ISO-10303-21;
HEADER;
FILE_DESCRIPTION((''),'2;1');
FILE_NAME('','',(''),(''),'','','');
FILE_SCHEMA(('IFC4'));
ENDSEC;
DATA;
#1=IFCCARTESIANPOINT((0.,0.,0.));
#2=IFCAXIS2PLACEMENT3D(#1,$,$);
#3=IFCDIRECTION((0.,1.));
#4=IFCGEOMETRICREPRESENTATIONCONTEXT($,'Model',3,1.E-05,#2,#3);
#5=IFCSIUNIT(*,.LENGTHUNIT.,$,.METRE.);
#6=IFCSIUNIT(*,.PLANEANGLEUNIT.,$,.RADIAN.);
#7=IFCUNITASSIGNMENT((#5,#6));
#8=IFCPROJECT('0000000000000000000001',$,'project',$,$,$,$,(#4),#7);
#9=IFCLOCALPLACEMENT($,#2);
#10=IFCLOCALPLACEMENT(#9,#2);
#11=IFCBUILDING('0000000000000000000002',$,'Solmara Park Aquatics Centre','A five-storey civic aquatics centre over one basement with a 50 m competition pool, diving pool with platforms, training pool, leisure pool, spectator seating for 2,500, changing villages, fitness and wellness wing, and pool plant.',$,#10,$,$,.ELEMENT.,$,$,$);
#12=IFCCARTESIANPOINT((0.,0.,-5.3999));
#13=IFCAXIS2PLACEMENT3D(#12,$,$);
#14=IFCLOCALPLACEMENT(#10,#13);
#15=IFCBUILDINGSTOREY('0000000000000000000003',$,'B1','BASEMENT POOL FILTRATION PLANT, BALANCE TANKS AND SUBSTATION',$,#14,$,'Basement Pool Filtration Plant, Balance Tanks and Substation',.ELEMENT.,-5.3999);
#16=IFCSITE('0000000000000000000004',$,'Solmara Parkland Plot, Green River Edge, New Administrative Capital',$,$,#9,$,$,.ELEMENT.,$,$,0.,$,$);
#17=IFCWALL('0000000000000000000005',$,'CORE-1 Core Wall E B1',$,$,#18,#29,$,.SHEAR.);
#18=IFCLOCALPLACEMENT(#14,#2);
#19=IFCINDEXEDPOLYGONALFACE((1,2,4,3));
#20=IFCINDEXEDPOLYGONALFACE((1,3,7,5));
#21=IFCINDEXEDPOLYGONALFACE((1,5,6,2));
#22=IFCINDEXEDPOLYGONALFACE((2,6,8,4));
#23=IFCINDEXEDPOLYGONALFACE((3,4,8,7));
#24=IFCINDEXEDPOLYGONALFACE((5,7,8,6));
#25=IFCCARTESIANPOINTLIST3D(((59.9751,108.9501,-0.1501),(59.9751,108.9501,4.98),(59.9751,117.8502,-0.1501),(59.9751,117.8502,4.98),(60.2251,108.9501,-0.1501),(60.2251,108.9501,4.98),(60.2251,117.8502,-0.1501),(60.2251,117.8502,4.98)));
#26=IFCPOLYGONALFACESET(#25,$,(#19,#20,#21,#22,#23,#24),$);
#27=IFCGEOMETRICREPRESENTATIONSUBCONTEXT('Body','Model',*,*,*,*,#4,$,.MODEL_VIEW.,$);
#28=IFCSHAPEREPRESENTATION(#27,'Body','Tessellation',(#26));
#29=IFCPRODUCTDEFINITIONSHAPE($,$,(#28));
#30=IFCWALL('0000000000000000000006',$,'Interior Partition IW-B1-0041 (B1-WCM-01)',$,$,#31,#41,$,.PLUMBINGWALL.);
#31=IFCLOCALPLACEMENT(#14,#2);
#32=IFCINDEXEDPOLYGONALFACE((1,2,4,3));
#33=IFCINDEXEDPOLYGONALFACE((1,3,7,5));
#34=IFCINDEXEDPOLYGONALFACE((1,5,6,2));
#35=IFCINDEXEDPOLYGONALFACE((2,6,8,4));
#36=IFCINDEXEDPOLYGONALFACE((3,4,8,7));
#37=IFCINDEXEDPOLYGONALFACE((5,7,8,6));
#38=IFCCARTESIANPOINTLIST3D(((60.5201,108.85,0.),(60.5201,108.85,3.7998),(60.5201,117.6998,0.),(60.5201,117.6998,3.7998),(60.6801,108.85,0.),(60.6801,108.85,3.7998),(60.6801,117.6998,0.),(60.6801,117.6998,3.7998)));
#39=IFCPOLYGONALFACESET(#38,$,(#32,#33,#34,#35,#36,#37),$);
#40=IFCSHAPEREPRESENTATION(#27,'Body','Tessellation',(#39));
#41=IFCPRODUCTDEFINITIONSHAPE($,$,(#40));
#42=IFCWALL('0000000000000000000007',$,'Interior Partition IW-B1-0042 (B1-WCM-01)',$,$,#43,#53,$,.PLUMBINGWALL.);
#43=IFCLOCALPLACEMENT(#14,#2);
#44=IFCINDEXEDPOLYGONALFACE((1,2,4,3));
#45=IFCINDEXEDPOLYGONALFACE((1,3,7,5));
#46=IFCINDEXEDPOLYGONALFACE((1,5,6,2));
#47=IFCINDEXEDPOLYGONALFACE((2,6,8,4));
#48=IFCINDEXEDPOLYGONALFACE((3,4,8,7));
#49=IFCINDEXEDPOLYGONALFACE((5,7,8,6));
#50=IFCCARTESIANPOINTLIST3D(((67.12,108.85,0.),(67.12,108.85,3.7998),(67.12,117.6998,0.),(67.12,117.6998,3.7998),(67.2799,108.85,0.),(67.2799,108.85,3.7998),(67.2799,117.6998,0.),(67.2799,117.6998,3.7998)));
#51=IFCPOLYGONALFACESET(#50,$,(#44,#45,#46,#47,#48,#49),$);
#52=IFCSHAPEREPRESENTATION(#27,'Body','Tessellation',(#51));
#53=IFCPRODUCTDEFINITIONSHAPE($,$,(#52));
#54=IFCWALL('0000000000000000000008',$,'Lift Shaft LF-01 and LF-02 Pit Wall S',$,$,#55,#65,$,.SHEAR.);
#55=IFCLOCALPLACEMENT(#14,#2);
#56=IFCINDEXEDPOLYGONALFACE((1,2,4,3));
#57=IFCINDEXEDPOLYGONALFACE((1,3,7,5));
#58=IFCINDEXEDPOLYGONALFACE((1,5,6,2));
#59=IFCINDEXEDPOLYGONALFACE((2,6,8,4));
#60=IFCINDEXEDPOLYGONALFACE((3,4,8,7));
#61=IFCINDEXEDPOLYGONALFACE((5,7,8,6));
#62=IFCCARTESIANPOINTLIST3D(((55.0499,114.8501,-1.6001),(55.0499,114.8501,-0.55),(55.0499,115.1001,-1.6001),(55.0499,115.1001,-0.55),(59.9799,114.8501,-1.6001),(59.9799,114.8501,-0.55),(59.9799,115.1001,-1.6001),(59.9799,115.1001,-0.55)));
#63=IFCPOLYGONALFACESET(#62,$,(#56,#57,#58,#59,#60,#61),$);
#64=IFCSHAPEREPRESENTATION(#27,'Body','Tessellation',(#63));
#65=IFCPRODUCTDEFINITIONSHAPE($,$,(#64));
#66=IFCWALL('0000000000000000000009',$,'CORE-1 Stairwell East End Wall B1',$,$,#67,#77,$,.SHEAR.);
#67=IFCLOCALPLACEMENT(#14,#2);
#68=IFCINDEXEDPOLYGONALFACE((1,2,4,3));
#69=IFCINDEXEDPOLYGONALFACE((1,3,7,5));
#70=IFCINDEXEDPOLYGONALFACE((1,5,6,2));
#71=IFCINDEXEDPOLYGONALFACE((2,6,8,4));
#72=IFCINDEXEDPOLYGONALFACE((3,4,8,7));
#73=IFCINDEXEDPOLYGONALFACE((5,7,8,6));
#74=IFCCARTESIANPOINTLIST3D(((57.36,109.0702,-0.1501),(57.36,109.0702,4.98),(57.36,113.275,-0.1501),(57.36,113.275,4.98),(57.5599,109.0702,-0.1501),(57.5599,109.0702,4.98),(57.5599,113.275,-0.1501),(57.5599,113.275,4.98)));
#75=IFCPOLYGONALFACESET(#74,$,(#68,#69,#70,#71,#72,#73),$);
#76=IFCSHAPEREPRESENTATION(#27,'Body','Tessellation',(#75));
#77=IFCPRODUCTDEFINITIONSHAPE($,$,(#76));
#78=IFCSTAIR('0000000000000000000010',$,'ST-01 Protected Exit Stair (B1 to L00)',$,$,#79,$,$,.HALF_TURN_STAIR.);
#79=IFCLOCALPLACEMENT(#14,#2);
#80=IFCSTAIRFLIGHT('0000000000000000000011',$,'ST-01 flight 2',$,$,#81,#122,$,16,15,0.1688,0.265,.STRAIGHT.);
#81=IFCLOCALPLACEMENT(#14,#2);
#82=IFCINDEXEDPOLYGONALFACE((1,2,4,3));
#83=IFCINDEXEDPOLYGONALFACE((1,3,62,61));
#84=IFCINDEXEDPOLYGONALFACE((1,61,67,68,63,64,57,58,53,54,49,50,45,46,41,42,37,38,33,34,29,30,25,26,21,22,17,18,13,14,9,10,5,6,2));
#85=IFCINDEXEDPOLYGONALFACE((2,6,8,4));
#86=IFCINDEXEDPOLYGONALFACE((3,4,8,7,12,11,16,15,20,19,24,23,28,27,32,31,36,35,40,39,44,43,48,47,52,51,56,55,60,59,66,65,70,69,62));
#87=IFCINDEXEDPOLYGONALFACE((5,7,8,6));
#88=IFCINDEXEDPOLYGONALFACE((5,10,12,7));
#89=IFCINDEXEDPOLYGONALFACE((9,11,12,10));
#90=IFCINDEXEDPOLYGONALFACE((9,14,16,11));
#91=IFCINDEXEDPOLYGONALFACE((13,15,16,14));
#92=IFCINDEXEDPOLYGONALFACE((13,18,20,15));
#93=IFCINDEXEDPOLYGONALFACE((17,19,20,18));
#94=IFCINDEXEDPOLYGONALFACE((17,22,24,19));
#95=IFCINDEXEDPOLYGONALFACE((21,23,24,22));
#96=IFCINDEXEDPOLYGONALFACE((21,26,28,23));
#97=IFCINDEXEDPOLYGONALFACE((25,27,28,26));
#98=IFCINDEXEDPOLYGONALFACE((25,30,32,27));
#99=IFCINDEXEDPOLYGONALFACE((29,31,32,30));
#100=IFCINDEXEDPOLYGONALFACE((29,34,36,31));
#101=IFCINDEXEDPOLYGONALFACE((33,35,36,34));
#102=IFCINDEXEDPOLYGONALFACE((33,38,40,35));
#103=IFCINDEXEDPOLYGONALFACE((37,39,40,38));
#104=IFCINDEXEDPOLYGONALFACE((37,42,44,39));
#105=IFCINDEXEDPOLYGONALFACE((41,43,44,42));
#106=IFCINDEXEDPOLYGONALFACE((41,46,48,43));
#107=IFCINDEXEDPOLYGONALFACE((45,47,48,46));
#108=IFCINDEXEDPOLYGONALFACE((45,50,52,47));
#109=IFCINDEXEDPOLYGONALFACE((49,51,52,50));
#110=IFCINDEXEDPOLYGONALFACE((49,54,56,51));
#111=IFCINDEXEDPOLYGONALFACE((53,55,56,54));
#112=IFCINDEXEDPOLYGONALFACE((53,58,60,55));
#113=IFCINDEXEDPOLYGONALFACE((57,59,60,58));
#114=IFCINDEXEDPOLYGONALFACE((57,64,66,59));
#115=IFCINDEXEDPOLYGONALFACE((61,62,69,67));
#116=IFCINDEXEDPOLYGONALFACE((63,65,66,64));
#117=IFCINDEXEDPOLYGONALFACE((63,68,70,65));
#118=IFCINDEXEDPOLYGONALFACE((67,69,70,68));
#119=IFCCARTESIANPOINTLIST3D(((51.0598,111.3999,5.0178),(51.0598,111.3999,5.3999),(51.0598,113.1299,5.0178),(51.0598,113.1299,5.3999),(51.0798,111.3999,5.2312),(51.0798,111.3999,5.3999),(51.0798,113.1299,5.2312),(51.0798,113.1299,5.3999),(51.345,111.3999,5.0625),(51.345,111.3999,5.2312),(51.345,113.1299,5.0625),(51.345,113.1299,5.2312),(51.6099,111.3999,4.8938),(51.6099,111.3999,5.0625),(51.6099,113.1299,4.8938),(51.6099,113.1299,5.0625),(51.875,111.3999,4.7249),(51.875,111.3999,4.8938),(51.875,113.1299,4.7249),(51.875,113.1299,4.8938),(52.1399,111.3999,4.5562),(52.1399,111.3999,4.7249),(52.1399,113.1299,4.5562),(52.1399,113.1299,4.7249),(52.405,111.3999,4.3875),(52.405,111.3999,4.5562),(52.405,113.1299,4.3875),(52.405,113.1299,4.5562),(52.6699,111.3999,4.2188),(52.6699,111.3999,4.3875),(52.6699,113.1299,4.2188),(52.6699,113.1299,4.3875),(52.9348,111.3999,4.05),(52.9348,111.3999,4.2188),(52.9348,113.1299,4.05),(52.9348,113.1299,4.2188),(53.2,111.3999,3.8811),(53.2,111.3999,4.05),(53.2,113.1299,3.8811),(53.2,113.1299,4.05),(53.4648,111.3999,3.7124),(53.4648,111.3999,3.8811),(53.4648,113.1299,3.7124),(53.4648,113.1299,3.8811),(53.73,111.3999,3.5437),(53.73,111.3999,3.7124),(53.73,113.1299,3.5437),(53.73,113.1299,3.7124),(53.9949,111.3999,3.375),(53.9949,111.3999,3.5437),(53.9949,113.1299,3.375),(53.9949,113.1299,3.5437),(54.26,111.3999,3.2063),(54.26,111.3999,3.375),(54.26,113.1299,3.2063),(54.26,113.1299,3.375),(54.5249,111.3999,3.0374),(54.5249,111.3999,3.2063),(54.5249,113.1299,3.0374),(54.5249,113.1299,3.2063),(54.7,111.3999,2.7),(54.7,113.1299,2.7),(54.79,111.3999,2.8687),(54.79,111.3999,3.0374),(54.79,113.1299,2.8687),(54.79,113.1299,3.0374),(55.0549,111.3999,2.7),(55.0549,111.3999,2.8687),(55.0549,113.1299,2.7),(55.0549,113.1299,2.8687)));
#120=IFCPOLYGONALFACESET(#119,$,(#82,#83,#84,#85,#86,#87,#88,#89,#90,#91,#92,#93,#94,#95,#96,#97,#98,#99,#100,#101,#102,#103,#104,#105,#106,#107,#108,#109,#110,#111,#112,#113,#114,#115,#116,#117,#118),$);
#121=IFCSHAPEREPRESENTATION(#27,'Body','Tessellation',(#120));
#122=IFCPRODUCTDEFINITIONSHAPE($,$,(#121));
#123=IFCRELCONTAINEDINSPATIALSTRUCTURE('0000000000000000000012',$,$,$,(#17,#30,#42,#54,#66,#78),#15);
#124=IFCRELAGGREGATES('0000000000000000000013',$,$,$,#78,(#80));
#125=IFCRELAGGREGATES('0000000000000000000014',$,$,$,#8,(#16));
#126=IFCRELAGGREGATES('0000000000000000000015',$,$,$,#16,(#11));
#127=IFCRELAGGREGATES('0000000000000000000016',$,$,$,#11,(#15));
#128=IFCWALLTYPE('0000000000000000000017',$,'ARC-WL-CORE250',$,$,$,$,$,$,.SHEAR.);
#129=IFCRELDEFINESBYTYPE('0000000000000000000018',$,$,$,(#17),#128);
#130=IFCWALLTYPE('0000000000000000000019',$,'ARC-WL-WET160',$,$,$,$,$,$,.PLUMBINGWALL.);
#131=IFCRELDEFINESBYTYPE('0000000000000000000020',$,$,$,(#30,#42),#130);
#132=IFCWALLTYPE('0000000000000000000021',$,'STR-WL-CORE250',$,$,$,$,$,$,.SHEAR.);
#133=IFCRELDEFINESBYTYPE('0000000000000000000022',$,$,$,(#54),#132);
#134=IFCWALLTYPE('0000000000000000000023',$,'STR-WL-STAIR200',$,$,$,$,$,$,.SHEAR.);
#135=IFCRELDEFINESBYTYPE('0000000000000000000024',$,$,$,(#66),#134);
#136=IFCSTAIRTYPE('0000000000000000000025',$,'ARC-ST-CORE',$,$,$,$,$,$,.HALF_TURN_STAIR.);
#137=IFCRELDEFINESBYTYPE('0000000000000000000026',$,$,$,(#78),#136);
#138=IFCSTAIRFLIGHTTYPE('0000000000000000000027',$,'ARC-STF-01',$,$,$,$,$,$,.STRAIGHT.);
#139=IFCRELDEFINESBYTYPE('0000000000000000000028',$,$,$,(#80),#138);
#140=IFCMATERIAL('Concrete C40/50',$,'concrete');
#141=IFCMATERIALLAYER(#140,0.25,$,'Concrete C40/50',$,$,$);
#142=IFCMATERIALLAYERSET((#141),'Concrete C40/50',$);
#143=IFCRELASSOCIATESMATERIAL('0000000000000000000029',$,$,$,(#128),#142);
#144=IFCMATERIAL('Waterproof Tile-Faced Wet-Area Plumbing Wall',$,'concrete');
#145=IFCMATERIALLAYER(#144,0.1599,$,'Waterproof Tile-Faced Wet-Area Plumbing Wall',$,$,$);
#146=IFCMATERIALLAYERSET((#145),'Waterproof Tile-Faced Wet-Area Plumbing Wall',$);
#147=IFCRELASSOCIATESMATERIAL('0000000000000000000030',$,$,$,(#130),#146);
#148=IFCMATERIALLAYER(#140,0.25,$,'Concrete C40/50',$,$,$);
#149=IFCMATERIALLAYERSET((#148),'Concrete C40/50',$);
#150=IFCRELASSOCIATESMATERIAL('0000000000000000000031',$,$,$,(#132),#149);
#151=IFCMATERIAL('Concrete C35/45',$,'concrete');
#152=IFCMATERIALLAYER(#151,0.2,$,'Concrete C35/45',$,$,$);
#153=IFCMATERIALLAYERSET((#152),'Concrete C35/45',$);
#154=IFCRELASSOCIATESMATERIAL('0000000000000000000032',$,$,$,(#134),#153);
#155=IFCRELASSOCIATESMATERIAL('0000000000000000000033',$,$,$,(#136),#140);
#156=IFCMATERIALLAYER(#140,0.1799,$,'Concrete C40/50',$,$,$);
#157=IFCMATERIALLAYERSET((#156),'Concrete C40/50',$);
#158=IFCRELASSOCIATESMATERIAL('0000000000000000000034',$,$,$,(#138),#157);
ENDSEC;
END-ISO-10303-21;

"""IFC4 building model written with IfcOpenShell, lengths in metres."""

from ifc_helpers import new_model, si_unit, direction, frame, frame_2d, origin, place, context, subcontext, project, spatial, polyline, rectangle, outline, extrude, material, layer, layer_set, type_object, element, aggregate, save


model = new_model("IFC4")

# Units and contexts
model_context = context("Model", 3, precision=1e-05, world=origin(), true_north=direction((0.0, 1.0)))
body_context = subcontext(model_context, "Body", "Model", "MODEL_VIEW")
ifc_project = project(units=[si_unit("LENGTHUNIT", "METRE"), si_unit("PLANEANGLEUNIT", "RADIAN")], contexts=[model_context])

# Site, building, storey
site_placement = place(None, origin())
site = spatial("IfcSite", under=ifc_project, at=site_placement, Name="Solmara Parkland Plot, Green River Edge, New Administrative Capital", CompositionType="ELEMENT", RefElevation=0.0)
building_placement = place(site_placement, origin())
building = spatial("IfcBuilding", under=site, at=building_placement, Name="Solmara Park Aquatics Centre", Description="A five-storey civic aquatics centre over one basement with a 50 m competition pool, diving pool with platforms, training pool, leisure pool, spectator seating for 2,500, changing villages, fitness and wellness wing, and pool plant.", CompositionType="ELEMENT")
storey_placement = place(building_placement, frame((0.0, 0.0, -5.3999)))
storey = spatial("IfcBuildingStorey", under=building, at=storey_placement, Name="B1", Description="BASEMENT POOL FILTRATION PLANT, BALANCE TANKS AND SUBSTATION", LongName="Basement Pool Filtration Plant, Balance Tanks and Substation", CompositionType="ELEMENT", Elevation=-5.3999)

# Shared definitions
ifc_material_1 = material(Name="Concrete C40/50", Category="concrete")

# Walls
ifc_layer_1 = layer(ifc_material_1, 0.25, Name="Concrete C40/50")
ifc_layer_set_1 = layer_set([ifc_layer_1], Name="Concrete C40/50")
wall_type_1 = type_object("IfcWallType", Name="ARC-WL-CORE250", PredefinedType="SHEAR", material=ifc_layer_set_1)
wall_1_placement = place(storey_placement, frame((60.1001, 108.95, -0.1501), z_axis=(0.0, 0.0, 1.0), x_axis=(0.0, 1.0, 0.0)))
element("IfcWall", 1, at=wall_1_placement, inside=storey, type_object=wall_type_1, Name="CORE-1 Core Wall E B1", PredefinedType="SHEAR", context=body_context, shape_type="SweptSolid", body=[
    extrude(rectangle(XDim=8.9001, YDim=0.25, at=frame_2d((4.4502, 0.0))), origin(), (0.0, 0.0, 1.0), 5.1301),
])
ifc_material_2 = material(Name="Waterproof Tile-Faced Wet-Area Plumbing Wall", Category="concrete")
ifc_layer_2 = layer(ifc_material_2, 0.1599, Name="Waterproof Tile-Faced Wet-Area Plumbing Wall")
ifc_layer_set_2 = layer_set([ifc_layer_2], Name="Waterproof Tile-Faced Wet-Area Plumbing Wall")
wall_type_2 = type_object("IfcWallType", Name="ARC-WL-WET160", PredefinedType="PLUMBINGWALL", material=ifc_layer_set_2)
for number, where, z_axis, x_axis, name in (
    (2, (60.6001, 108.8501, 0.0), (0.0, 0.0, 1.0), (0.0, 1.0, 0.0), "Interior Partition IW-B1-0041 (B1-WCM-01)"),
    (3, (67.2, 108.8501, 0.0), (0.0, 0.0, 1.0), (0.0, 1.0, 0.0), "Interior Partition IW-B1-0042 (B1-WCM-01)"),
):
    element("IfcWall", number, at=place(storey_placement, frame(where, z_axis=z_axis, x_axis=x_axis)), inside=storey, type_object=wall_type_2, Name=name, PredefinedType="PLUMBINGWALL", context=body_context, shape_type="SweptSolid", body=[
        extrude(rectangle(XDim=8.8499, YDim=0.1599, at=frame_2d((4.4248, 0.0))), origin(), (0.0, 0.0, 1.0), 3.7998),
    ])
ifc_layer_3 = layer(ifc_material_1, 0.25, Name="Concrete C40/50")
ifc_layer_set_3 = layer_set([ifc_layer_3], Name="Concrete C40/50")
wall_type_3 = type_object("IfcWallType", Name="STR-WL-CORE250", PredefinedType="SHEAR", material=ifc_layer_set_3)
wall_2_placement = place(storey_placement, frame((55.05, 114.9751, -1.6001), z_axis=(0.0, 0.0, 1.0), x_axis=(1.0, 0.0, 0.0)))
element("IfcWall", 4, at=wall_2_placement, inside=storey, type_object=wall_type_3, Name="Lift Shaft LF-01 and LF-02 Pit Wall S", PredefinedType="SHEAR", context=body_context, shape_type="SweptSolid", body=[
    extrude(rectangle(XDim=4.9299, YDim=0.25, at=frame_2d((2.4648, 0.0))), origin(), (0.0, 0.0, 1.0), 1.05),
])
ifc_material_3 = material(Name="Concrete C35/45", Category="concrete")
ifc_layer_4 = layer(ifc_material_3, 0.2, Name="Concrete C35/45")
ifc_layer_set_4 = layer_set([ifc_layer_4], Name="Concrete C35/45")
wall_type_4 = type_object("IfcWallType", Name="STR-WL-STAIR200", PredefinedType="SHEAR", material=ifc_layer_set_4)
wall_3_placement = place(storey_placement, frame((57.46, 109.0701, -0.1501), z_axis=(0.0, 0.0, 1.0), x_axis=(0.0, 1.0, 0.0)))
element("IfcWall", 5, at=wall_3_placement, inside=storey, type_object=wall_type_4, Name="CORE-1 Stairwell East End Wall B1", PredefinedType="SHEAR", context=body_context, shape_type="SweptSolid", body=[
    extrude(rectangle(XDim=4.2048, YDim=0.2, at=frame_2d((2.1025, 0.0))), origin(), (0.0, 0.0, 1.0), 5.1301),
])

# Stair, stair flight
stair_type = type_object("IfcStairType", Name="ARC-ST-CORE", PredefinedType="HALF_TURN_STAIR", material=ifc_material_1)
stair_placement = place(storey_placement, origin())
stair = element("IfcStair", 6, at=stair_placement, inside=storey, type_object=stair_type, Name="ST-01 Protected Exit Stair (B1 to L00)", PredefinedType="HALF_TURN_STAIR")
ifc_layer_5 = layer(ifc_material_1, 0.1799, Name="Concrete C40/50")
ifc_layer_set_5 = layer_set([ifc_layer_5], Name="Concrete C40/50")
stair_flight_type = type_object("IfcStairFlightType", Name="ARC-STF-01", PredefinedType="STRAIGHT", material=ifc_layer_set_5)
stair_flight_placement = place(storey_placement, frame((55.0549, 112.2649, 2.7), z_axis=(0.0, 0.0, 1.0), x_axis=(-1.0, 0.0, 0.0)))
stair_flight = element("IfcStairFlight", 7, at=stair_flight_placement, type_object=stair_flight_type, Name="ST-01 flight 2", NumberOfRisers=16, NumberOfTreads=15, PredefinedType="STRAIGHT", RiserHeight=0.1688, TreadLength=0.265, context=body_context, shape_type="SweptSolid", body=[
    extrude(outline(polyline([(0.0, 0.0), (0.0, 0.1687), (0.2649, 0.1687), (0.2649, 0.3374), (0.53, 0.3374), (0.53, 0.5063), (0.7949, 0.5063), (0.7949, 0.675), (1.0601, 0.675), (1.0601, 0.8438), (1.325, 0.8438), (1.325, 1.0125), (1.5901, 1.0125), (1.5901, 1.1812), (1.855, 1.1812), (1.855, 1.3501), (2.1201, 1.3501), (2.1201, 1.5188), (2.385, 1.5188), (2.385, 1.6875), (2.6499, 1.6875), (2.6499, 1.8562), (2.915, 1.8562), (2.915, 2.0249), (3.1799, 2.0249), (3.1799, 2.1938), (3.4451, 2.1938), (3.4451, 2.3625), (3.71, 2.3625), (3.71, 2.5312), (3.9751, 2.5312), (3.9751, 2.7), (3.9951, 2.7), (3.9951, 2.3179), (0.355, 0.0), (0.0, 0.0)])), frame((0.0, 0.865, 0.0), z_axis=(0.0, -1.0, 0.0), x_axis=(1.0, 0.0, 0.0)), (0.0, 0.0, 1.0), 1.73),
])
aggregate(stair, [stair_flight])

save(model, "model.ifc")
